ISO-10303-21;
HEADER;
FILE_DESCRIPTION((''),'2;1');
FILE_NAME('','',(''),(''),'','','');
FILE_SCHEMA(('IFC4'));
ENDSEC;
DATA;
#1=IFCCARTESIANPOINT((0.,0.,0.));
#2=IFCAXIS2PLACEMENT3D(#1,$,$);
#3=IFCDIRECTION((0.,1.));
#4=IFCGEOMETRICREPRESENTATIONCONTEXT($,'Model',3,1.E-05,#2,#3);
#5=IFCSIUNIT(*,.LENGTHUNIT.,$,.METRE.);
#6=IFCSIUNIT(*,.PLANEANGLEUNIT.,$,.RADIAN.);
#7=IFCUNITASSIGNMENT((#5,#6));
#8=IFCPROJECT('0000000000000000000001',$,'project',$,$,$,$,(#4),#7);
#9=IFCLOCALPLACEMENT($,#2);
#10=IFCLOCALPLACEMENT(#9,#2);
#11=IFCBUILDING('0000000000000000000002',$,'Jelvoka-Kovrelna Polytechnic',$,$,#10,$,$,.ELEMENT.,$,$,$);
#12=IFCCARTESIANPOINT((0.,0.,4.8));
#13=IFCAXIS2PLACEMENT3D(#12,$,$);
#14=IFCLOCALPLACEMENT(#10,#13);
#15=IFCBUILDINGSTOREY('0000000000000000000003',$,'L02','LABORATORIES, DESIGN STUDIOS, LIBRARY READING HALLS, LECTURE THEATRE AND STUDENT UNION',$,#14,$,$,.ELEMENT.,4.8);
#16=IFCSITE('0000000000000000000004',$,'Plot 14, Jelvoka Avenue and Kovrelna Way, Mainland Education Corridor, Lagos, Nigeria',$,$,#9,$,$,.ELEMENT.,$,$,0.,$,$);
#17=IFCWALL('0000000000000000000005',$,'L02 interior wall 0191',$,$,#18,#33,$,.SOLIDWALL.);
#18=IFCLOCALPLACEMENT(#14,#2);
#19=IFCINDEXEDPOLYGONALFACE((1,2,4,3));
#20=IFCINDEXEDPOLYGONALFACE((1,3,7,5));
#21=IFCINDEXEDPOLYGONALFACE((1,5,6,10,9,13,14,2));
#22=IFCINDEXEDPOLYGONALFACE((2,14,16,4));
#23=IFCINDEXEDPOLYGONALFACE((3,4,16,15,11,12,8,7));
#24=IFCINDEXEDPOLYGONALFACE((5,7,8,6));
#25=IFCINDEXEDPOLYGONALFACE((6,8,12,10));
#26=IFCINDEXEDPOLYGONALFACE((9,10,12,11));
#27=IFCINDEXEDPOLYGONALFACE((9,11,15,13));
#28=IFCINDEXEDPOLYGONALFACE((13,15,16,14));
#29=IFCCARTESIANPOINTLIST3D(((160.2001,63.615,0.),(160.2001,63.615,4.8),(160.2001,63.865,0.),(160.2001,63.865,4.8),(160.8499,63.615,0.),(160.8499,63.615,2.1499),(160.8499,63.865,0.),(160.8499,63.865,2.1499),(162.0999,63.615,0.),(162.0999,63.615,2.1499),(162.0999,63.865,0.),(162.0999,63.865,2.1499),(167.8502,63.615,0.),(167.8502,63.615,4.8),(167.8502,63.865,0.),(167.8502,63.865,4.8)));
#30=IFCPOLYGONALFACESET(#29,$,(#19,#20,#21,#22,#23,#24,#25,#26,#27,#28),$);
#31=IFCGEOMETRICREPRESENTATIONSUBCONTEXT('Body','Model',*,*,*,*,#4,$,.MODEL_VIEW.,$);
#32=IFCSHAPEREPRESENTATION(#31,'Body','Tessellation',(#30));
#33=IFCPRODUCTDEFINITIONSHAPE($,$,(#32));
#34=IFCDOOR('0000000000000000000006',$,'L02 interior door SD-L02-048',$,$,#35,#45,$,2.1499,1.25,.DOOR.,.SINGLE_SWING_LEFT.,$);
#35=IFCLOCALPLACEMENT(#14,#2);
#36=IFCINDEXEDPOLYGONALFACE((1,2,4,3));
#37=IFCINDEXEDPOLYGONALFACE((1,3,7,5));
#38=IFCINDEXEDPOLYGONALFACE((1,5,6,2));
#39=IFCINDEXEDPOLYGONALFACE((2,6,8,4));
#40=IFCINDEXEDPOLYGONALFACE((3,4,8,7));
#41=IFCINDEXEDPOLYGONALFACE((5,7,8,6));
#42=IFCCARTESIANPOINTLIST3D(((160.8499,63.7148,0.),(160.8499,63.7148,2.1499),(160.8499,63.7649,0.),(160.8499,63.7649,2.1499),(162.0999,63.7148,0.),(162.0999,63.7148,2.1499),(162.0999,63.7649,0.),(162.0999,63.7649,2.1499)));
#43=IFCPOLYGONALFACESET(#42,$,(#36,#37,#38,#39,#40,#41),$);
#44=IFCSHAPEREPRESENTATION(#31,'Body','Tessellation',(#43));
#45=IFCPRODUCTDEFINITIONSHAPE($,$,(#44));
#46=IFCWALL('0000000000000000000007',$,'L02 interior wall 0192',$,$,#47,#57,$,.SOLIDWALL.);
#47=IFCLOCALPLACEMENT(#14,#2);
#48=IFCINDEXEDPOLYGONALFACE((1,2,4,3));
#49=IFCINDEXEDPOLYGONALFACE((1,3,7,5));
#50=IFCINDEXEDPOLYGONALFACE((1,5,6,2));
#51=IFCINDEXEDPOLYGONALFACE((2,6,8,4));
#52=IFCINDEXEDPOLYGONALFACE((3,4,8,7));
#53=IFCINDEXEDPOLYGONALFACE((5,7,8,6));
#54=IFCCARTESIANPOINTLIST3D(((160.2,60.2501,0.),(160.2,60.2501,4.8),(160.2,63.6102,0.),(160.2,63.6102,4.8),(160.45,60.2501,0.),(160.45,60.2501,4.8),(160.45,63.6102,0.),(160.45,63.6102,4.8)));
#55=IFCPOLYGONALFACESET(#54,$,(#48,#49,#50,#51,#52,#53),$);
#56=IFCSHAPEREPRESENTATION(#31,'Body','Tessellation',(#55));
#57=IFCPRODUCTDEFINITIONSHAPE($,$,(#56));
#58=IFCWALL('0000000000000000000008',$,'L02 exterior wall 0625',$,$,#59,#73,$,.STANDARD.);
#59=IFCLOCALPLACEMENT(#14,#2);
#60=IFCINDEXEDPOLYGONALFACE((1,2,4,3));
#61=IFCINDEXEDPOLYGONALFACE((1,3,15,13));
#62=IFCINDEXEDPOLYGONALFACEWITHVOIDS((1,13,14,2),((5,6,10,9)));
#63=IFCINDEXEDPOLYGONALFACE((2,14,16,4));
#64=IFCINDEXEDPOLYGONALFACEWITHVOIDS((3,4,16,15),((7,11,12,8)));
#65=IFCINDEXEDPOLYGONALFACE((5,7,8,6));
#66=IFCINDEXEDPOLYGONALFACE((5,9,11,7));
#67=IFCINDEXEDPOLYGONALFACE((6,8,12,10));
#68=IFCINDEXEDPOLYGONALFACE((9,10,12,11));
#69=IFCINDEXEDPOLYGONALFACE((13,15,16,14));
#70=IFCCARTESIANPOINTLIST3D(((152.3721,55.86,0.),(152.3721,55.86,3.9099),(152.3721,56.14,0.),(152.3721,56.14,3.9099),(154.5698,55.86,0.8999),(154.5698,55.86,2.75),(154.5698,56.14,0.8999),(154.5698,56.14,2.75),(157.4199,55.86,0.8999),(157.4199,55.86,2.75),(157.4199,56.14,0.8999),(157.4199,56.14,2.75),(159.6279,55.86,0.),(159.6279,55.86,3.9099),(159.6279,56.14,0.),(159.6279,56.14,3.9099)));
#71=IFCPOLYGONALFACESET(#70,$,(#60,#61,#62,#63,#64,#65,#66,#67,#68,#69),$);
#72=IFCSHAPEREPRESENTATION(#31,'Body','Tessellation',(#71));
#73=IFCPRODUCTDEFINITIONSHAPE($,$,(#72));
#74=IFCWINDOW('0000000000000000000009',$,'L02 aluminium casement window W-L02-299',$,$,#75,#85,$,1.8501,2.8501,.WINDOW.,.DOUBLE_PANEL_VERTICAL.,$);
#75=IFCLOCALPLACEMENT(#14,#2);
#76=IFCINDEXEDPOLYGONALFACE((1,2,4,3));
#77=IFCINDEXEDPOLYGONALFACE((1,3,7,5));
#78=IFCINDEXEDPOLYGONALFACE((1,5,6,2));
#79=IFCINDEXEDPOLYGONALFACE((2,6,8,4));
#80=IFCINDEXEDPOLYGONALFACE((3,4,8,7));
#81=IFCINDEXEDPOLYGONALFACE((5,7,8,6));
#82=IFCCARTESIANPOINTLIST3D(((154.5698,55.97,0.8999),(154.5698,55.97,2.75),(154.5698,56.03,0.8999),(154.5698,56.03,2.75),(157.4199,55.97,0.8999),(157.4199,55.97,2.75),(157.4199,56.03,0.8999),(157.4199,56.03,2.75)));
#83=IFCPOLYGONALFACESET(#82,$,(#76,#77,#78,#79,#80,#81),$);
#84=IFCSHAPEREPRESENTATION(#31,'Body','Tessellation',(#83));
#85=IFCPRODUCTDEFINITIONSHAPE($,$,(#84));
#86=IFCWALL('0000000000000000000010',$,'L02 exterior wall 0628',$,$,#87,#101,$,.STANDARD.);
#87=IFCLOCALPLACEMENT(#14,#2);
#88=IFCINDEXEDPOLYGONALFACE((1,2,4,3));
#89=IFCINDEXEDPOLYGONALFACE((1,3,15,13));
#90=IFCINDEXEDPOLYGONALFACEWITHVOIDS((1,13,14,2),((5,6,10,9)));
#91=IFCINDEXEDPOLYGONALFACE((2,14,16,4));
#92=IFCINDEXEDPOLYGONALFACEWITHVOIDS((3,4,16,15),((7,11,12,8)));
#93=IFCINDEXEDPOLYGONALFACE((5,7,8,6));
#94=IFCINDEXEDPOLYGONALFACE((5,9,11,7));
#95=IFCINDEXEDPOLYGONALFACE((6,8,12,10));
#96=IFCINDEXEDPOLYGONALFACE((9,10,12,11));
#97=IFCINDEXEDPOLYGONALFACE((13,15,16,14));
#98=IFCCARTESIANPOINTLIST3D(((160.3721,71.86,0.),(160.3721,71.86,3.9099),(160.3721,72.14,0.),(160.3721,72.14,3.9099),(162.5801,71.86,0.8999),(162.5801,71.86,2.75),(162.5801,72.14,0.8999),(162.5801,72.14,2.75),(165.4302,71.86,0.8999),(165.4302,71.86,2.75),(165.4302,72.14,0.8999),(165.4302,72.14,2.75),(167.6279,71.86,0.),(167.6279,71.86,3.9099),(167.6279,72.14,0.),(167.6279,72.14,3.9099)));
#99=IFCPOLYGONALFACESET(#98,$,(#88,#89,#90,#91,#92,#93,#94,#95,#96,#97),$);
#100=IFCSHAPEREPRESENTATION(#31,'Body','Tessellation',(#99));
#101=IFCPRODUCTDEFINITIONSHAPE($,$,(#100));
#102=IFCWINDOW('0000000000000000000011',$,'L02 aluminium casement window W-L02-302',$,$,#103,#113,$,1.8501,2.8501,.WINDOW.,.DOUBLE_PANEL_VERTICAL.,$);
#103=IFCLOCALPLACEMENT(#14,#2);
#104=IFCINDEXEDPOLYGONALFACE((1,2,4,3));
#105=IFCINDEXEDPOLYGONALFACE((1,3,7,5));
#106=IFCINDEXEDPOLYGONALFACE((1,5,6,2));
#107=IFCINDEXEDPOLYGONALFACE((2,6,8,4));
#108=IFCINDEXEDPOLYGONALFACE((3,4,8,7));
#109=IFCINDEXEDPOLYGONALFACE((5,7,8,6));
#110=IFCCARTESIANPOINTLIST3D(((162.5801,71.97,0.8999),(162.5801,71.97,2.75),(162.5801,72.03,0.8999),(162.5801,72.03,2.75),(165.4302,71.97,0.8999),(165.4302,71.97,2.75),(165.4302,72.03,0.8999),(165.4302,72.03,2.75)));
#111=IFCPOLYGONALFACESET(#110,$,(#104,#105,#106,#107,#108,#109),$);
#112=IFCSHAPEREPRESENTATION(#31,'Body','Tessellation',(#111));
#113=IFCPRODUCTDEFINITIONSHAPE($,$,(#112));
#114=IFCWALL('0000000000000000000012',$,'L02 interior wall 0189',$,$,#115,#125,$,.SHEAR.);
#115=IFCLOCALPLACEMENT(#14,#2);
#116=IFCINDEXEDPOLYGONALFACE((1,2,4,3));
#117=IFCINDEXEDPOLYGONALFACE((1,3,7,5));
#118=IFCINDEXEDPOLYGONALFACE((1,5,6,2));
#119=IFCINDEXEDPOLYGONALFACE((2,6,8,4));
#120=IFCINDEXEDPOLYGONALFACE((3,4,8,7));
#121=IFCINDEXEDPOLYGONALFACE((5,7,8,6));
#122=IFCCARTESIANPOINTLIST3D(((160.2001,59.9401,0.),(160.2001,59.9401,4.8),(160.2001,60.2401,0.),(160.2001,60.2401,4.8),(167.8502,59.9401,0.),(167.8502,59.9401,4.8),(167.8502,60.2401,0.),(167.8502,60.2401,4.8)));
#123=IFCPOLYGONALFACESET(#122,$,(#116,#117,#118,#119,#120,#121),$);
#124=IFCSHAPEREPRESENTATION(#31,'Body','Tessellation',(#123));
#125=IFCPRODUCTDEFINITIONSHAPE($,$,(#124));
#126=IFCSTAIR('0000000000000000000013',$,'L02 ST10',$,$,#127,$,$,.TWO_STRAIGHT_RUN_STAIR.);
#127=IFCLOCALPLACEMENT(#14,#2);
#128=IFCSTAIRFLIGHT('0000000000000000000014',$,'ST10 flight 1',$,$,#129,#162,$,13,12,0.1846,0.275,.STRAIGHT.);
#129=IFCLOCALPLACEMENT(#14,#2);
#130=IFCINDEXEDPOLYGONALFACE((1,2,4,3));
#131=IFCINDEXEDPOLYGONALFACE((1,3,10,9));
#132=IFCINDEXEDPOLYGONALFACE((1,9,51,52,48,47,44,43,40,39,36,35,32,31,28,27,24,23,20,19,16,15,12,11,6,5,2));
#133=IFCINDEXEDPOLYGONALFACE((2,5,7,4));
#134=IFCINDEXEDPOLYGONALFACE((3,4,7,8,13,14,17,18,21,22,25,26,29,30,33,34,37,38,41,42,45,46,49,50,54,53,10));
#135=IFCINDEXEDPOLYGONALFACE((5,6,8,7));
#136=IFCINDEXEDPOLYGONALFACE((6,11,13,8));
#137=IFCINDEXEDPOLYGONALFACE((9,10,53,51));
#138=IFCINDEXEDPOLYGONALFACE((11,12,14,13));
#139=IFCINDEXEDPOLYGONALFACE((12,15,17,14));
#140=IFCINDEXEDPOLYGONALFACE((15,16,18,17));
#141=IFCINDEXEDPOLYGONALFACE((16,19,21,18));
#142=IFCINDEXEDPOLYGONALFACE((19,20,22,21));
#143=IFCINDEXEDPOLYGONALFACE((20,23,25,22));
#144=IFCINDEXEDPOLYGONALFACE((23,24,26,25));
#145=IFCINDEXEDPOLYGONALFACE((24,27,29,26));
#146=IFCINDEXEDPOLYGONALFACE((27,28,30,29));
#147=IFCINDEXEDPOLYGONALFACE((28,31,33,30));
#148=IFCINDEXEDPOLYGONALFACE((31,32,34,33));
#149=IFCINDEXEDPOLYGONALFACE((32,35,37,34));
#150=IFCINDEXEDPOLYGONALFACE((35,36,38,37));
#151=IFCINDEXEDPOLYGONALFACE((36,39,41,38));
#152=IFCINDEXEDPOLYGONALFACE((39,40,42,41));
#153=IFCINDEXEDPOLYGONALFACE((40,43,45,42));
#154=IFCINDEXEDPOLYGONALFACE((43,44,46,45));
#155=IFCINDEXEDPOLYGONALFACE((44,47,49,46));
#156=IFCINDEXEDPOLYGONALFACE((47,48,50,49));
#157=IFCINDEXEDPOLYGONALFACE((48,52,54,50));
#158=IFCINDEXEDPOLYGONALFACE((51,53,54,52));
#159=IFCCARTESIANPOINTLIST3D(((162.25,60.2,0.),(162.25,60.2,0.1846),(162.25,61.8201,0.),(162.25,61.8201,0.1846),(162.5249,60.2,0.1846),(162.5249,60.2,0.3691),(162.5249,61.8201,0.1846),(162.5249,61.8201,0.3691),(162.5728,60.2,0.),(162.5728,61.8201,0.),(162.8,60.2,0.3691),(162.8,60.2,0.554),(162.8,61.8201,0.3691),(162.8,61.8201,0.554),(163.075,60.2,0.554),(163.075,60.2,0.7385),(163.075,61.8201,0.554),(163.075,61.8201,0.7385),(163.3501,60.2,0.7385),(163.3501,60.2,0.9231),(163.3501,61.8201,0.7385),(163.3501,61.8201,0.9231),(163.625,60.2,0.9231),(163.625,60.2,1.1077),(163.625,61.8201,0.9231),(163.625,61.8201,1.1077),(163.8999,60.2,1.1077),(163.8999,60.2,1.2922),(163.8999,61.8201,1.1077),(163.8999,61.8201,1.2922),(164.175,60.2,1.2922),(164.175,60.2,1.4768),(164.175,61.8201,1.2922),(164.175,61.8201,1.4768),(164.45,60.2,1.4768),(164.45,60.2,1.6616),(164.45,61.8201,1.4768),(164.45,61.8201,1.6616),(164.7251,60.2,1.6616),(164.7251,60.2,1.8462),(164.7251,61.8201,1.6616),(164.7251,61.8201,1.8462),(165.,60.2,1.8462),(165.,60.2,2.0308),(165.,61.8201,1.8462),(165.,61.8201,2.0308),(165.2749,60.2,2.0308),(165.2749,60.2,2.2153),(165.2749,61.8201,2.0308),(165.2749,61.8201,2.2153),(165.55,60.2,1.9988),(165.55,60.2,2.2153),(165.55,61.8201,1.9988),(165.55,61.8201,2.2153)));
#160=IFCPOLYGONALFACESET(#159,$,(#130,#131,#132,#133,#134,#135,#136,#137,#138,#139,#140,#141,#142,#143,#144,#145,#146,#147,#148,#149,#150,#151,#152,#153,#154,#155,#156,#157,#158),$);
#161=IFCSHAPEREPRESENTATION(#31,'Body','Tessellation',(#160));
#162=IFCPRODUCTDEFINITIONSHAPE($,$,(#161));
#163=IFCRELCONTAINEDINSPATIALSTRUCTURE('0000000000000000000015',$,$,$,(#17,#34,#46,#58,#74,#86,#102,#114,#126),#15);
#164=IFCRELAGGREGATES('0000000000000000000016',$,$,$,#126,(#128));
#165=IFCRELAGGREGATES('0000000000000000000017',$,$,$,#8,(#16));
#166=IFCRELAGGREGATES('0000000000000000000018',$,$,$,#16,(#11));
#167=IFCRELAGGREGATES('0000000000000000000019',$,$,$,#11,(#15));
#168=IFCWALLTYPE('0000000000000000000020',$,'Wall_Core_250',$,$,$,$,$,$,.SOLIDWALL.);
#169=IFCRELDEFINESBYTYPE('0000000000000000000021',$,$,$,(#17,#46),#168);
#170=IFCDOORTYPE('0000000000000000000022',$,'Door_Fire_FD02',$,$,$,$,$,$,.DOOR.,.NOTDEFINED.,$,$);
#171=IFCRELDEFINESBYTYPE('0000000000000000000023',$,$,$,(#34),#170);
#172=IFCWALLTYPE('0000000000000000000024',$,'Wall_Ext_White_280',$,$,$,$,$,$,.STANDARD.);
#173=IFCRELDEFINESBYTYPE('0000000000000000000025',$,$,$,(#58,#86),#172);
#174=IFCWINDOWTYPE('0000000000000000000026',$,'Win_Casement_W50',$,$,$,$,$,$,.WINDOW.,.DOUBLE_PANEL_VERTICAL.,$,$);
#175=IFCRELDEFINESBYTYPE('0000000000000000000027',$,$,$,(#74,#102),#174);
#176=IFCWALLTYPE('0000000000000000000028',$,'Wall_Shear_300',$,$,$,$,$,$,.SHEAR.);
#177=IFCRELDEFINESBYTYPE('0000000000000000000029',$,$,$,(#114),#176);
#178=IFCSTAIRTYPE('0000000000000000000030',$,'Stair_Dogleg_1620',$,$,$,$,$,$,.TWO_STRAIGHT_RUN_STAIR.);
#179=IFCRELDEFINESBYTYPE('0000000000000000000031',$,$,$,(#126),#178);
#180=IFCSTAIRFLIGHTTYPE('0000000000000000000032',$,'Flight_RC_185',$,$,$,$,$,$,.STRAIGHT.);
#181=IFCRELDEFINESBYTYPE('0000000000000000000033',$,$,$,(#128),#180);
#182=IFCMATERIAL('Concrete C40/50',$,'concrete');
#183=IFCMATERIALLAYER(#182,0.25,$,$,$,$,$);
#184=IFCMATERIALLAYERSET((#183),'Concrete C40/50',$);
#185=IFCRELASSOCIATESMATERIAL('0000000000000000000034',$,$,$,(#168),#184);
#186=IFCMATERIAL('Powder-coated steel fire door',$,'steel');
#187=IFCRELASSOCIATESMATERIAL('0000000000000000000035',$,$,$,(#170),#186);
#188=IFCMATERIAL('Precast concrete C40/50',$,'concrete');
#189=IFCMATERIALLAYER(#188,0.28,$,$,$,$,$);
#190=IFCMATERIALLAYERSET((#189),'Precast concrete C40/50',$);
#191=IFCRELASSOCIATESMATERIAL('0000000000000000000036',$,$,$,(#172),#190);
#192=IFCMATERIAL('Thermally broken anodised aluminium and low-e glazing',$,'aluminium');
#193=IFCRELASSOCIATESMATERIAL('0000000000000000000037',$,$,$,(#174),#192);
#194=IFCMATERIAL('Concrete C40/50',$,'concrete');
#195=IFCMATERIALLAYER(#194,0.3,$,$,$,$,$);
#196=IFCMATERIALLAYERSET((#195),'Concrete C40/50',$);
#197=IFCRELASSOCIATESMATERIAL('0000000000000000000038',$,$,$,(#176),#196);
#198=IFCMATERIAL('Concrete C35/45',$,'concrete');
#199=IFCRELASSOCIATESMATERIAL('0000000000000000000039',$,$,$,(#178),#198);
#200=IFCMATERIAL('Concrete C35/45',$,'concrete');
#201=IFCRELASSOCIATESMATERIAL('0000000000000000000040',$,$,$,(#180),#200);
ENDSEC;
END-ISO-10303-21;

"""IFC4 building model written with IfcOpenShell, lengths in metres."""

from ifc_helpers import new_model, si_unit, direction, frame, frame_2d, origin, place, context, subcontext, project, spatial, polyline, rectangle, outline, extrude, material, layer, layer_set, type_object, element, fill, aggregate, save


model = new_model("IFC4")

# Units and contexts
model_context = context("Model", 3, precision=1e-05, world=origin(), true_north=direction((0.0, 1.0)))
body_context = subcontext(model_context, "Body", "Model", "MODEL_VIEW")
ifc_project = project(units=[si_unit("LENGTHUNIT", "METRE"), si_unit("PLANEANGLEUNIT", "RADIAN")], contexts=[model_context])

# Site, building, storey
site_placement = place(None, origin())
site = spatial("IfcSite", under=ifc_project, at=site_placement, Name="Plot 14, Jelvoka Avenue and Kovrelna Way, Mainland Education Corridor, Lagos, Nigeria", CompositionType="ELEMENT", RefElevation=0.0)
building_placement = place(site_placement, origin())
building = spatial("IfcBuilding", under=site, at=building_placement, Name="Jelvoka-Kovrelna Polytechnic", CompositionType="ELEMENT")
storey_placement = place(building_placement, frame((0.0, 0.0, 4.8)))
storey = spatial("IfcBuildingStorey", under=building, at=storey_placement, Name="L02", Description="LABORATORIES, DESIGN STUDIOS, LIBRARY READING HALLS, LECTURE THEATRE AND STUDENT UNION", CompositionType="ELEMENT", Elevation=4.8)

# Wall, opening, door
ifc_material_1 = material(Name="Concrete C40/50", Category="concrete")
ifc_layer_1 = layer(ifc_material_1, 0.25)
ifc_layer_set_1 = layer_set([ifc_layer_1], Name="Concrete C40/50")
wall_type_1 = type_object("IfcWallType", Name="Wall_Core_250", PredefinedType="SOLIDWALL", material=ifc_layer_set_1)
wall_1_placement = place(storey_placement, frame((160.2, 63.74, 0.0), z_axis=(0.0, 0.0, 1.0), x_axis=(1.0, 0.0, 0.0)))
wall_1 = element("IfcWall", 1, at=wall_1_placement, inside=storey, type_object=wall_type_1, Name="L02 interior wall 0191", PredefinedType="SOLIDWALL", context=body_context, shape_type="SweptSolid", body=[
    extrude(rectangle(XDim=7.6501, YDim=0.25, at=frame_2d((3.8252, 0.0))), origin(), (0.0, 0.0, 1.0), 4.8),
])
opening_1_placement = place(wall_1_placement, frame((0.6499, 0.0, 0.0)))
opening_1 = element("IfcOpeningElement", 2, at=opening_1_placement, cuts=wall_1, PredefinedType="OPENING", context=body_context, shape_type="SweptSolid", body=[
    extrude(rectangle(XDim=1.25, YDim=2.1499, at=frame_2d((0.625, 1.075))), frame((0.0, 0.135, 0.0), z_axis=(0.0, -1.0, 0.0), x_axis=(1.0, 0.0, 0.0)), (0.0, 0.0, 1.0), 0.27),
])
ifc_material_2 = material(Name="Powder-coated steel fire door", Category="steel")
door_type = type_object("IfcDoorType", Name="Door_Fire_FD02", OperationType="NOTDEFINED", PredefinedType="DOOR", material=ifc_material_2)
door_placement = place(opening_1_placement, origin())
door = element("IfcDoor", 3, at=door_placement, inside=storey, type_object=door_type, Name="L02 interior door SD-L02-048", OperationType="SINGLE_SWING_LEFT", OverallHeight=2.1499, OverallWidth=1.25, PredefinedType="DOOR", context=body_context, shape_type="SweptSolid", body=[
    extrude(rectangle(XDim=1.25, YDim=2.1499, at=frame_2d((0.625, 1.075))), frame((0.0, 0.0249, 0.0), z_axis=(0.0, -1.0, 0.0), x_axis=(1.0, 0.0, 0.0)), (0.0, 0.0, 1.0), 0.05),
])
fill(opening_1, door)

# Wall
wall_2_placement = place(storey_placement, frame((160.325, 60.25, 0.0), z_axis=(0.0, 0.0, 1.0), x_axis=(0.0, 1.0, 0.0)))
element("IfcWall", 4, at=wall_2_placement, inside=storey, type_object=wall_type_1, Name="L02 interior wall 0192", PredefinedType="SOLIDWALL", context=body_context, shape_type="SweptSolid", body=[
    extrude(rectangle(XDim=3.3601, YDim=0.25, at=frame_2d((1.6802, 0.0))), origin(), (0.0, 0.0, 1.0), 4.8),
])

# Walls, openings, windows
ifc_material_3 = material(Name="Precast concrete C40/50", Category="concrete")
ifc_layer_2 = layer(ifc_material_3, 0.28)
ifc_layer_set_2 = layer_set([ifc_layer_2], Name="Precast concrete C40/50")
wall_type_2 = type_object("IfcWallType", Name="Wall_Ext_White_280", PredefinedType="STANDARD", material=ifc_layer_set_2)
wall_3_placement = place(storey_placement, frame((159.6279, 56.0, 0.0), z_axis=(0.0, 0.0, 1.0), x_axis=(-1.0, 0.0, 0.0)))
wall_3 = element("IfcWall", 5, at=wall_3_placement, inside=storey, type_object=wall_type_2, Name="L02 exterior wall 0625", PredefinedType="STANDARD", context=body_context, shape_type="SweptSolid", body=[
    extrude(rectangle(XDim=7.2559, YDim=0.28, at=frame_2d((3.6279, 0.0))), origin(), (0.0, 0.0, 1.0), 3.9099),
])
opening_2_placement = place(wall_3_placement, frame((2.208, 0.0, 0.8999)))
opening_2 = element("IfcOpeningElement", 6, at=opening_2_placement, cuts=wall_3, PredefinedType="OPENING", context=body_context, shape_type="SweptSolid", body=[
    extrude(rectangle(XDim=2.8501, YDim=1.8501, at=frame_2d((1.425, 0.925))), frame((0.0, 0.1501, 0.0), z_axis=(0.0, -1.0, 0.0), x_axis=(1.0, 0.0, 0.0)), (0.0, 0.0, 1.0), 0.3),
])
ifc_material_4 = material(Name="Thermally broken anodised aluminium and low-e glazing", Category="aluminium")
window_type = type_object("IfcWindowType", Name="Win_Casement_W50", PartitioningType="DOUBLE_PANEL_VERTICAL", PredefinedType="WINDOW", material=ifc_material_4)
window_1_placement = place(opening_2_placement, origin())
window_1 = element("IfcWindow", 7, at=window_1_placement, inside=storey, type_object=window_type, Name="L02 aluminium casement window W-L02-299", OverallHeight=1.8501, OverallWidth=2.8501, PartitioningType="DOUBLE_PANEL_VERTICAL", PredefinedType="WINDOW", context=body_context, shape_type="SweptSolid", body=[
    extrude(rectangle(XDim=2.8501, YDim=1.8501, at=frame_2d((1.425, 0.925))), frame((0.0, 0.03, 0.0), z_axis=(0.0, -1.0, 0.0), x_axis=(1.0, 0.0, 0.0)), (0.0, 0.0, 1.0), 0.0601),
])
fill(opening_2, window_1)
wall_4_placement = place(storey_placement, frame((160.3721, 72.0, 0.0), z_axis=(0.0, 0.0, 1.0), x_axis=(1.0, 0.0, 0.0)))
wall_4 = element("IfcWall", 8, at=wall_4_placement, inside=storey, type_object=wall_type_2, Name="L02 exterior wall 0628", PredefinedType="STANDARD", context=body_context, shape_type="SweptSolid", body=[
    extrude(rectangle(XDim=7.2559, YDim=0.28, at=frame_2d((3.6279, 0.0))), origin(), (0.0, 0.0, 1.0), 3.9099),
])
opening_3_placement = place(wall_4_placement, frame((2.208, 0.0, 0.8999)))
opening_3 = element("IfcOpeningElement", 9, at=opening_3_placement, cuts=wall_4, PredefinedType="OPENING", context=body_context, shape_type="SweptSolid", body=[
    extrude(rectangle(XDim=2.8501, YDim=1.8501, at=frame_2d((1.425, 0.925))), frame((0.0, 0.1501, 0.0), z_axis=(0.0, -1.0, 0.0), x_axis=(1.0, 0.0, 0.0)), (0.0, 0.0, 1.0), 0.3),
])
window_2_placement = place(opening_3_placement, origin())
window_2 = element("IfcWindow", 10, at=window_2_placement, inside=storey, type_object=window_type, Name="L02 aluminium casement window W-L02-302", OverallHeight=1.8501, OverallWidth=2.8501, PartitioningType="DOUBLE_PANEL_VERTICAL", PredefinedType="WINDOW", context=body_context, shape_type="SweptSolid", body=[
    extrude(rectangle(XDim=2.8501, YDim=1.8501, at=frame_2d((1.425, 0.925))), frame((0.0, 0.03, 0.0), z_axis=(0.0, -1.0, 0.0), x_axis=(1.0, 0.0, 0.0)), (0.0, 0.0, 1.0), 0.0601),
])
fill(opening_3, window_2)

# Wall
ifc_material_5 = material(Name="Concrete C40/50", Category="concrete")
ifc_layer_3 = layer(ifc_material_5, 0.3)
ifc_layer_set_3 = layer_set([ifc_layer_3], Name="Concrete C40/50")
wall_type_3 = type_object("IfcWallType", Name="Wall_Shear_300", PredefinedType="SHEAR", material=ifc_layer_set_3)
wall_5_placement = place(storey_placement, frame((160.2, 60.0901, 0.0), z_axis=(0.0, 0.0, 1.0), x_axis=(1.0, 0.0, 0.0)))
element("IfcWall", 11, at=wall_5_placement, inside=storey, type_object=wall_type_3, Name="L02 interior wall 0189", PredefinedType="SHEAR", context=body_context, shape_type="SweptSolid", body=[
    extrude(rectangle(XDim=7.6501, YDim=0.3, at=frame_2d((3.8252, 0.0))), origin(), (0.0, 0.0, 1.0), 4.8),
])

# Stair, stair flight
ifc_material_6 = material(Name="Concrete C35/45", Category="concrete")
stair_type = type_object("IfcStairType", Name="Stair_Dogleg_1620", PredefinedType="TWO_STRAIGHT_RUN_STAIR", material=ifc_material_6)
stair_placement = place(storey_placement, origin())
stair = element("IfcStair", 12, at=stair_placement, inside=storey, type_object=stair_type, Name="L02 ST10", PredefinedType="TWO_STRAIGHT_RUN_STAIR")
ifc_material_7 = material(Name="Concrete C35/45", Category="concrete")
stair_flight_type = type_object("IfcStairFlightType", Name="Flight_RC_185", PredefinedType="STRAIGHT", material=ifc_material_7)
stair_flight_1_placement = place(storey_placement, frame((162.25, 61.01, 0.0), z_axis=(0.0, 0.0, 1.0), x_axis=(1.0, 0.0, 0.0)))
stair_flight_1 = element("IfcStairFlight", 13, at=stair_flight_1_placement, type_object=stair_flight_type, Name="ST10 flight 1", NumberOfRisers=13, NumberOfTreads=12, PredefinedType="STRAIGHT", RiserHeight=0.1846, TreadLength=0.275, context=body_context, shape_type="SweptSolid", body=[
    extrude(outline(polyline([(0.0, 0.0), (0.0, 0.1846), (0.2749, 0.1846), (0.2749, 0.3691), (0.55, 0.3691), (0.55, 0.554), (0.825, 0.554), (0.825, 0.7385), (1.1001, 0.7385), (1.1001, 0.9231), (1.375, 0.9231), (1.375, 1.1077), (1.6499, 1.1077), (1.6499, 1.2922), (1.925, 1.2922), (1.925, 1.4768), (2.2, 1.4768), (2.2, 1.6616), (2.4751, 1.6616), (2.4751, 1.8462), (2.75, 1.8462), (2.75, 2.0308), (3.0249, 2.0308), (3.0249, 2.2153), (3.3, 2.2153), (3.3, 2.3999), (3.3, 1.9988), (0.3228, 0.0), (0.0, 0.0)])), frame((0.0, 0.8101, 0.0), z_axis=(0.0, -1.0, 0.0), x_axis=(1.0, 0.0, 0.0)), (0.0, 0.0, 1.0), 1.6201),
])
aggregate(stair, [stair_flight_1])

save(model, "model.ifc")
